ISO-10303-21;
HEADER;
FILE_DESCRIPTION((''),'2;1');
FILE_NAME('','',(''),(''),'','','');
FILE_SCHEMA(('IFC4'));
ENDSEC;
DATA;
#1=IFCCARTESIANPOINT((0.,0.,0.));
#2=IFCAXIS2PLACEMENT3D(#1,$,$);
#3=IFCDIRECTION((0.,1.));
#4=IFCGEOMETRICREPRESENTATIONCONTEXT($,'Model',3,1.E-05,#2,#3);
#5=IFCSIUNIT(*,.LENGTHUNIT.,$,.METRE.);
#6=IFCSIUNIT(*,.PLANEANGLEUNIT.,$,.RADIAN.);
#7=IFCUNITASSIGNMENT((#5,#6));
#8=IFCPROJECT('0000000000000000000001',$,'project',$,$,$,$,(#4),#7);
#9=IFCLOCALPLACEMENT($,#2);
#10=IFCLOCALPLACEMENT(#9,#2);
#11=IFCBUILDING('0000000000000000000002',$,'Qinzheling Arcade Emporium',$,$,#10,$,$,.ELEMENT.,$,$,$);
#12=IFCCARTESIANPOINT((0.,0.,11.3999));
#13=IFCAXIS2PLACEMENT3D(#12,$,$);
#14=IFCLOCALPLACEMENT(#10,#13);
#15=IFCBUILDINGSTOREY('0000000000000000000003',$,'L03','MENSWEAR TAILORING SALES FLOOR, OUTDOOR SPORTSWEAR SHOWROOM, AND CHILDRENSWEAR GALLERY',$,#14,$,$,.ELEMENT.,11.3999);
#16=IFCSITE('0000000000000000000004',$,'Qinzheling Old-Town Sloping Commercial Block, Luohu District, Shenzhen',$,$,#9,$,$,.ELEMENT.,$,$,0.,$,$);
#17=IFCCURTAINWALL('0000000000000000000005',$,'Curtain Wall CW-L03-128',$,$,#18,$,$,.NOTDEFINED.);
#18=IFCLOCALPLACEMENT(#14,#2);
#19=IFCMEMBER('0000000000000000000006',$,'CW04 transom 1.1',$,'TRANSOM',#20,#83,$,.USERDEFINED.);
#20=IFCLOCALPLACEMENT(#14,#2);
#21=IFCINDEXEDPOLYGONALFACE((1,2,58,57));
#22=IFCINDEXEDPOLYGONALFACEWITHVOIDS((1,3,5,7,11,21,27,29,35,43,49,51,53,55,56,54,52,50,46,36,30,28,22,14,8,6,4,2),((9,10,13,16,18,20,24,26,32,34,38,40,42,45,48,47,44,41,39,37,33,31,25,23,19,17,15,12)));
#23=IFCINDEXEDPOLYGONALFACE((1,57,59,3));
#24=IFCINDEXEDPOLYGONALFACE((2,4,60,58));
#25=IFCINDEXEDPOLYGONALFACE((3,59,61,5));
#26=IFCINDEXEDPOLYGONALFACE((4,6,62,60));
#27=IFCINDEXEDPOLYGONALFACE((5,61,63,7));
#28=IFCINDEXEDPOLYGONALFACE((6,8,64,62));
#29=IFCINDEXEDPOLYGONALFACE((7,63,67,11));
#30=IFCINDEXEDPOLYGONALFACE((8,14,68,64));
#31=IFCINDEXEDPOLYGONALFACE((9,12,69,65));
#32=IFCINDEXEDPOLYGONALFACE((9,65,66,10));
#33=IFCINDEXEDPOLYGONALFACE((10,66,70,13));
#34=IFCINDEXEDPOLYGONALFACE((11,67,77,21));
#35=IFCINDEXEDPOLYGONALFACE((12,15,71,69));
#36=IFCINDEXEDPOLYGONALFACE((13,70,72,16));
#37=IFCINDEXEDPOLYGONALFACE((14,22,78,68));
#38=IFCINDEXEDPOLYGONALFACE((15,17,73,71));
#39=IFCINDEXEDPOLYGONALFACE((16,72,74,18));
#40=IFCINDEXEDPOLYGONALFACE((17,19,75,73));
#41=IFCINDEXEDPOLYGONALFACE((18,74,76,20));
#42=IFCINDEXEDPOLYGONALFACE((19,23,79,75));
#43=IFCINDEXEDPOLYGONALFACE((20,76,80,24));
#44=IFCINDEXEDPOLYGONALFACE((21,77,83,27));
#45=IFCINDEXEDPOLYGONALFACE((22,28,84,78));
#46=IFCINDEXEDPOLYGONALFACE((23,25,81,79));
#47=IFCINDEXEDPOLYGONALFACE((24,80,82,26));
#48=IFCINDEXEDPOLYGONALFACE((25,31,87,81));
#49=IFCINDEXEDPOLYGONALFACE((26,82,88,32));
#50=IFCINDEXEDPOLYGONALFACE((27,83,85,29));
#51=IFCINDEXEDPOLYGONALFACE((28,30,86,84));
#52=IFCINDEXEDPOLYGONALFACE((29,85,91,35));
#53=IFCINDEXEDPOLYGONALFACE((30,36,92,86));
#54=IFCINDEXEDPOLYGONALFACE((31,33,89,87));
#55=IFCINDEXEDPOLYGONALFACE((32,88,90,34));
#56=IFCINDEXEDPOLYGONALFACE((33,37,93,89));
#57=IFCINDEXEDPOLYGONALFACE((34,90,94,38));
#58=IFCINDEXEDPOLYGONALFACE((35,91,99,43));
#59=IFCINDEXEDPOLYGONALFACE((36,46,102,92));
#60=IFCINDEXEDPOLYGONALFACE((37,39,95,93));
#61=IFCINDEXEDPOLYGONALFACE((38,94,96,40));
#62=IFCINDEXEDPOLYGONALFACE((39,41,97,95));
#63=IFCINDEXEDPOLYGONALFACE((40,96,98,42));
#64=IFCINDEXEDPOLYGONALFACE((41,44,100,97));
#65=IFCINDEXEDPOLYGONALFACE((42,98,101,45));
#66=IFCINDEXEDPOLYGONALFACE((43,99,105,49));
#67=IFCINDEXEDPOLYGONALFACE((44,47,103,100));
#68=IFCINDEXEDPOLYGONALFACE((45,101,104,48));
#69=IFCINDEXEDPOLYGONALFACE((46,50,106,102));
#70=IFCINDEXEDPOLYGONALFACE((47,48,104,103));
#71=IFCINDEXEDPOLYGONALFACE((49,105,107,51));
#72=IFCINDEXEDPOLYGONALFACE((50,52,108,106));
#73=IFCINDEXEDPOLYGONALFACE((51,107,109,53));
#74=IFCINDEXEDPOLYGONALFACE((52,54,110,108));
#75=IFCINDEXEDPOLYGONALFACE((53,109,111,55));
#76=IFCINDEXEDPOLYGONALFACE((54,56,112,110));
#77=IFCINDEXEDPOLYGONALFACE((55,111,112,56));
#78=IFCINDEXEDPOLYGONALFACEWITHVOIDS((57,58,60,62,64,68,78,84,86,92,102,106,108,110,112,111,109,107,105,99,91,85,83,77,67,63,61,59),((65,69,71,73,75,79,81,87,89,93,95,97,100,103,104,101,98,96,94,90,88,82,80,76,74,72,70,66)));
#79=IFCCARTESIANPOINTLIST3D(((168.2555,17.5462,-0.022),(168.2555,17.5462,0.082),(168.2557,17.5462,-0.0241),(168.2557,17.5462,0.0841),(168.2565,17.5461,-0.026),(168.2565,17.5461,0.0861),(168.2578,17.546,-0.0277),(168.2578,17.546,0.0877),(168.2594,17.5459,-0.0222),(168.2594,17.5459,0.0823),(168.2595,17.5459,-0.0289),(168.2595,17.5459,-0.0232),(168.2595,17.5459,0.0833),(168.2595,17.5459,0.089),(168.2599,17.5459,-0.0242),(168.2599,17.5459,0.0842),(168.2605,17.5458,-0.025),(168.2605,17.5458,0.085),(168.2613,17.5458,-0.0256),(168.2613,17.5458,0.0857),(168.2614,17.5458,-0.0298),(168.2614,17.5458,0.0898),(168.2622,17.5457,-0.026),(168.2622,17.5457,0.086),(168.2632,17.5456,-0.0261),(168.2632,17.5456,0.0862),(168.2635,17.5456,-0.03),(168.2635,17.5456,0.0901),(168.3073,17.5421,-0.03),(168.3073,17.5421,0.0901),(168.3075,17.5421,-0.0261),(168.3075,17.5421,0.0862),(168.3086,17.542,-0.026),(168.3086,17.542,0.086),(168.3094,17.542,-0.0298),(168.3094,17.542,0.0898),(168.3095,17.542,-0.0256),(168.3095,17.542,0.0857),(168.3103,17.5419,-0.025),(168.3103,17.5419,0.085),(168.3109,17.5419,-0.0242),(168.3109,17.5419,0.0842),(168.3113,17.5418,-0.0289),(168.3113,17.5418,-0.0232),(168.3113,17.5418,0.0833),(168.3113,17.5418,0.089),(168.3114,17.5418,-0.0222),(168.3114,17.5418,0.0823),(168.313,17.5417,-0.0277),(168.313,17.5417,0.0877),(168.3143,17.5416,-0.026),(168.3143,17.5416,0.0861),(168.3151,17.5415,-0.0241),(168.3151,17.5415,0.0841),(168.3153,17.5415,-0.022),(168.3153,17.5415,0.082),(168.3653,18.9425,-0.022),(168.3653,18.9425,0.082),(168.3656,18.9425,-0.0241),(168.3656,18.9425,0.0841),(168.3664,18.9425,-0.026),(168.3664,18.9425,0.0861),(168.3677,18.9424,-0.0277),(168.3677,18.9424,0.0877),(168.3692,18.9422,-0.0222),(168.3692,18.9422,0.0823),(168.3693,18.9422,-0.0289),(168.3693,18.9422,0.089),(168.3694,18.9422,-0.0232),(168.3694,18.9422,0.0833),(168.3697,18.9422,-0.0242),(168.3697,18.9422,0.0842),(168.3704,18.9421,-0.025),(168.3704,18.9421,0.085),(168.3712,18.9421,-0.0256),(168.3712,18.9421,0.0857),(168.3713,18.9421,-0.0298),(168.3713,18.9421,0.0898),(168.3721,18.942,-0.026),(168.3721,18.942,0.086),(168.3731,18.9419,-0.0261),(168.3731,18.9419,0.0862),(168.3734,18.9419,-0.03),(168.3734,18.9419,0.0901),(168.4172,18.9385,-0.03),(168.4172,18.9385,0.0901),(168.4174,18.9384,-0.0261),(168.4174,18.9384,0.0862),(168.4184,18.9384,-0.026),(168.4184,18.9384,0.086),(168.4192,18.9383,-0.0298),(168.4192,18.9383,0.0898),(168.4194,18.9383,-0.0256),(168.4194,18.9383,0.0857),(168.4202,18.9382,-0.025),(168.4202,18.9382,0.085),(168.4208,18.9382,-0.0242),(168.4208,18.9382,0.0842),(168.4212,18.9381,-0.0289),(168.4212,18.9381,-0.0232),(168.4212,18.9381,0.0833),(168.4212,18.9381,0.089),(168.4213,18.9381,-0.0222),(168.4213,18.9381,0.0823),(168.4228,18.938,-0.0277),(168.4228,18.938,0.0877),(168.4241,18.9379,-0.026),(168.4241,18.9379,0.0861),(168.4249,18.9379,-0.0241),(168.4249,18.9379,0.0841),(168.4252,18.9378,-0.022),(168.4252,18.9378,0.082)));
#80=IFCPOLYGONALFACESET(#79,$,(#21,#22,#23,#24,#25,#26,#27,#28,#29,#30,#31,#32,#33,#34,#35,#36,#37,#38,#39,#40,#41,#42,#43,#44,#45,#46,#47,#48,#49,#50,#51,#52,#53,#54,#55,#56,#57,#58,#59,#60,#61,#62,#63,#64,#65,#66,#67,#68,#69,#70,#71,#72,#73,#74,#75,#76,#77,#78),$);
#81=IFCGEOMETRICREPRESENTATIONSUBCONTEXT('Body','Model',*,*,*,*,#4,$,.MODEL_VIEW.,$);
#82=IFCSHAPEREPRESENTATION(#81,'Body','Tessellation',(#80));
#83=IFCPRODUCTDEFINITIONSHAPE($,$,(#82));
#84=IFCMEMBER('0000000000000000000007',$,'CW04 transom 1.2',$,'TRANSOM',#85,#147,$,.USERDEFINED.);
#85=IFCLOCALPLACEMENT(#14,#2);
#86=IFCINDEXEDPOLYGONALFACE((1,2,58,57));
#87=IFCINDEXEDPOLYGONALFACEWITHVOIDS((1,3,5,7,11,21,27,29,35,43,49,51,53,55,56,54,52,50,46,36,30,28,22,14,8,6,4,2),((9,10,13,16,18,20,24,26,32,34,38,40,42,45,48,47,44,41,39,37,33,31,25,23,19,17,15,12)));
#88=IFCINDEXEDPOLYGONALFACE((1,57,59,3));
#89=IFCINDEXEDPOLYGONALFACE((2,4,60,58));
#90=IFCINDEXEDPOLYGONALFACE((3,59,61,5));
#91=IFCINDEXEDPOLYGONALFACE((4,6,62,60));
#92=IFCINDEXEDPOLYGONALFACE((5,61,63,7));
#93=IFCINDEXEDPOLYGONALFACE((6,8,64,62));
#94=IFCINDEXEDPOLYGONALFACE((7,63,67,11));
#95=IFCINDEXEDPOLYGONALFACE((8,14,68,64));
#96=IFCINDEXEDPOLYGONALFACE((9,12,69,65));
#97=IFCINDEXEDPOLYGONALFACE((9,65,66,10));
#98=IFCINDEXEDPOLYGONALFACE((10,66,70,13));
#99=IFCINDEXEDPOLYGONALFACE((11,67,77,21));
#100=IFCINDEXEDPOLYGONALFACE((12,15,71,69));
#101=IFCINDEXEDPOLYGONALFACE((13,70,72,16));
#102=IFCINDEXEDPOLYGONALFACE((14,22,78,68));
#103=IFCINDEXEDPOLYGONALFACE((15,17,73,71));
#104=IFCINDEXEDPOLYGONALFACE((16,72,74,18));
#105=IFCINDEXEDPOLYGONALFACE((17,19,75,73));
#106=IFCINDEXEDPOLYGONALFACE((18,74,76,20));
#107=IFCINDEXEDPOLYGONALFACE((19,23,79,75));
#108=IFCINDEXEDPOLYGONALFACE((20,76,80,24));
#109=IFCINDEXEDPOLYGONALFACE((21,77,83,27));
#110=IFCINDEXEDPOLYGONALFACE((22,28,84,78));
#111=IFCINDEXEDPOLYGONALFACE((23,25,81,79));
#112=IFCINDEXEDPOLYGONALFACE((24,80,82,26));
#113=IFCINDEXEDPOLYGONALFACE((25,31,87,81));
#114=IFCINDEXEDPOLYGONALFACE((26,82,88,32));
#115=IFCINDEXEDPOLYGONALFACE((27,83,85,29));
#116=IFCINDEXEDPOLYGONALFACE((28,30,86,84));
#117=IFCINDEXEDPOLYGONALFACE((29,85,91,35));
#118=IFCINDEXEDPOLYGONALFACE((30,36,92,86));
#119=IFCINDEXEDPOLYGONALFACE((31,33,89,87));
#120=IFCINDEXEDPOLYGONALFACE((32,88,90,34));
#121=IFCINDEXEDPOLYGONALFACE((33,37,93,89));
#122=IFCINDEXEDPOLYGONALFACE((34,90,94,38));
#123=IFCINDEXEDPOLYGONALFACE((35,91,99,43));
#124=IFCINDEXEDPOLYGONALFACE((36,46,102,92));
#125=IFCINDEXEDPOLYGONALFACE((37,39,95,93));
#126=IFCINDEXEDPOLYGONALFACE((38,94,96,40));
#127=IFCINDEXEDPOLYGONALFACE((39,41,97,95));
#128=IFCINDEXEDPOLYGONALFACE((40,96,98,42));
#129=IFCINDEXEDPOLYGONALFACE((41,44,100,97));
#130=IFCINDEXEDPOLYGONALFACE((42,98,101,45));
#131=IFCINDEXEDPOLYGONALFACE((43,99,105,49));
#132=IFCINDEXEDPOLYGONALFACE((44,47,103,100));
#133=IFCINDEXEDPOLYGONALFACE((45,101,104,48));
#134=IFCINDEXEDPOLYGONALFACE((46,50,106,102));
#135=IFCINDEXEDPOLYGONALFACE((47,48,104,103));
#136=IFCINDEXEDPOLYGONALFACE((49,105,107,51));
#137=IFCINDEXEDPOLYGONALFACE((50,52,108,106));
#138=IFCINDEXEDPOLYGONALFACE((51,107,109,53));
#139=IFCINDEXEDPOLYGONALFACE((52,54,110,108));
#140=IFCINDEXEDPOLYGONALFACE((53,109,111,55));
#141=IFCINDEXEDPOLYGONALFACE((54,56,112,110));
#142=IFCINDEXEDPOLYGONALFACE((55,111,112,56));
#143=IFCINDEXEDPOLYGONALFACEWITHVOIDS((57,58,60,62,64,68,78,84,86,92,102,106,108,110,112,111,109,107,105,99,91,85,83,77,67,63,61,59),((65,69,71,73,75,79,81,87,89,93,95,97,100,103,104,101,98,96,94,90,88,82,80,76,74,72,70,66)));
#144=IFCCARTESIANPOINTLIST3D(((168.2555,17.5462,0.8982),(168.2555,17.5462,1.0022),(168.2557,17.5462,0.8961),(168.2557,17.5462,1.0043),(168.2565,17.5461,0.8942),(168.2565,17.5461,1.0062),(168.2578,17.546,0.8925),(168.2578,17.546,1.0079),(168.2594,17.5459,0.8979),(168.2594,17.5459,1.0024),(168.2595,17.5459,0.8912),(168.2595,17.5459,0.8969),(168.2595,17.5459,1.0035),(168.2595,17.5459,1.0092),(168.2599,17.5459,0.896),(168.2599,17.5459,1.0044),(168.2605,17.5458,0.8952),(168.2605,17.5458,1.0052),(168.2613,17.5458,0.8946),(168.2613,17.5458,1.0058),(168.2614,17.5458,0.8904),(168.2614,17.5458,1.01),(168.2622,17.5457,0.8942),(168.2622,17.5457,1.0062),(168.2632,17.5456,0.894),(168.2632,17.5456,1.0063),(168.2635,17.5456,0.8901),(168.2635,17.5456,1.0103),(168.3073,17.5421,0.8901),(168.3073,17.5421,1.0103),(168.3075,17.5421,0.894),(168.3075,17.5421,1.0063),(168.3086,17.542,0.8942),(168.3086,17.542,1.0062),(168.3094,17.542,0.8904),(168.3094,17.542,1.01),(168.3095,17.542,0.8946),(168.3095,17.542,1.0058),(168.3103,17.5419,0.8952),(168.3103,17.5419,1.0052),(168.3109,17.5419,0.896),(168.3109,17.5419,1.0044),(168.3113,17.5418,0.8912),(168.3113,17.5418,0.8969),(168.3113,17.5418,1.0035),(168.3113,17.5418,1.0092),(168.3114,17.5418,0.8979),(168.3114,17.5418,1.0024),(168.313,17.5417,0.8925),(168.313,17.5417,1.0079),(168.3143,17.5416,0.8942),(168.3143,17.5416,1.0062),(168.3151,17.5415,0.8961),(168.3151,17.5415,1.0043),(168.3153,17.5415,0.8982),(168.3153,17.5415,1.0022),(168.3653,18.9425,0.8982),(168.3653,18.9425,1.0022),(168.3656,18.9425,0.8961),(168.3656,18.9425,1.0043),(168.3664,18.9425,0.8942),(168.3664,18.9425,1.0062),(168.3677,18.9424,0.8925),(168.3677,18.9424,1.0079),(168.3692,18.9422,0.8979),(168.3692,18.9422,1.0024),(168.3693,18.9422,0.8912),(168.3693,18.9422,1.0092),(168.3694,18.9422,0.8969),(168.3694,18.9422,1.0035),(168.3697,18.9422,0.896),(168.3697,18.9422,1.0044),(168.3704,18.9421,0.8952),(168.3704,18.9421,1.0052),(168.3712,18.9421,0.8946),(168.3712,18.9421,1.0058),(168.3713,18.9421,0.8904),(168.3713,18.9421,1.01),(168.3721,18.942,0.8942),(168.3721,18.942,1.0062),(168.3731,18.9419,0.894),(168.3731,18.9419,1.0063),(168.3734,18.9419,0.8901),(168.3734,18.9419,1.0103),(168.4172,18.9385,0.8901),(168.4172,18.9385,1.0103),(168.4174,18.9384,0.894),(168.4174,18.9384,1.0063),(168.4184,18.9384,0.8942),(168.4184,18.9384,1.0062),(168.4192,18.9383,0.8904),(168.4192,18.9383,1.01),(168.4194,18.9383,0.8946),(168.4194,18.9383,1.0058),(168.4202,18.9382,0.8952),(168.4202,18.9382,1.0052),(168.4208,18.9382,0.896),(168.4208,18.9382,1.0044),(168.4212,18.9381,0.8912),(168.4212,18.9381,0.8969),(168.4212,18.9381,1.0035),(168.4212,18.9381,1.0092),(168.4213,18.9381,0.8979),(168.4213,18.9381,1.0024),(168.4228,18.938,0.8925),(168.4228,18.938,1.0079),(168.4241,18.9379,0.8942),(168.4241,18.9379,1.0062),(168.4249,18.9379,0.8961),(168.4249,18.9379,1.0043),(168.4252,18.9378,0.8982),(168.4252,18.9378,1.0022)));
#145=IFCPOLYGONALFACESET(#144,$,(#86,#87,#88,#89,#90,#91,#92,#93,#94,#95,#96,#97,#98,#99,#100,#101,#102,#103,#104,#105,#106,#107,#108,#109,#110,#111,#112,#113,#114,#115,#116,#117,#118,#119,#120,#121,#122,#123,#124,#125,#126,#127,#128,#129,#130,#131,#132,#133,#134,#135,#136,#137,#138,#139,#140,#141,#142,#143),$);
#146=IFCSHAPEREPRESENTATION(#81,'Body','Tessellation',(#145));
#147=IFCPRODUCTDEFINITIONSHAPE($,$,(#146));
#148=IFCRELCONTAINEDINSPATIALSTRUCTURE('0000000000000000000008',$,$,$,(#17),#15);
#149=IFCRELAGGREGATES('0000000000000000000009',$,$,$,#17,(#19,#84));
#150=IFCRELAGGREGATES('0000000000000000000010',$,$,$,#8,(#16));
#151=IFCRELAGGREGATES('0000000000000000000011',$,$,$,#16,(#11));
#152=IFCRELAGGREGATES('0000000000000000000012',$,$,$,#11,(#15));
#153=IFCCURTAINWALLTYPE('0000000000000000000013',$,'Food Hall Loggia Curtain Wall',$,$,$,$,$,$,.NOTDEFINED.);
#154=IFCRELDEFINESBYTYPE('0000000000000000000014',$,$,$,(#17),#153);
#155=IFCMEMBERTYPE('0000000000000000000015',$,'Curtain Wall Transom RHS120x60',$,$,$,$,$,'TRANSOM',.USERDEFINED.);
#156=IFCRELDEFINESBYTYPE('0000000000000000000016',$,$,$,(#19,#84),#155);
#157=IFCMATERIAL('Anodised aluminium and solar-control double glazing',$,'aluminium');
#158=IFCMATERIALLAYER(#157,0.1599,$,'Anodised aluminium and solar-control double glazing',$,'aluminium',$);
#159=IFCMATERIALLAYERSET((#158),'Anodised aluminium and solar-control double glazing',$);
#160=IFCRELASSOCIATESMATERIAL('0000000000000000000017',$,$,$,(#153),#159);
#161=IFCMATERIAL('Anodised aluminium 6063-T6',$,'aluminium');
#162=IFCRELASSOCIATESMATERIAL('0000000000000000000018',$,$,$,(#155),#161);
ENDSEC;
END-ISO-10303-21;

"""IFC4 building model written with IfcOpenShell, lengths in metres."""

from ifc_helpers import new_model, si_unit, direction, frame, origin, origin_2d, place, context, subcontext, project, spatial, hollow_rectangle, extrude, material, layer, layer_set, material_profile, profile_set, type_object, element, aggregate, save


model = new_model("IFC4")

# Units and contexts
model_context = context("Model", 3, precision=1e-05, world=origin(), true_north=direction((0.0, 1.0)))
body_context = subcontext(model_context, "Body", "Model", "MODEL_VIEW")
ifc_project = project(units=[si_unit("LENGTHUNIT", "METRE"), si_unit("PLANEANGLEUNIT", "RADIAN")], contexts=[model_context])

# Site, building, storey
site_placement = place(None, origin())
site = spatial("IfcSite", under=ifc_project, at=site_placement, Name="Qinzheling Old-Town Sloping Commercial Block, Luohu District, Shenzhen", CompositionType="ELEMENT", RefElevation=0.0)
building_placement = place(site_placement, origin())
building = spatial("IfcBuilding", under=site, at=building_placement, Name="Qinzheling Arcade Emporium", CompositionType="ELEMENT")
storey_placement = place(building_placement, frame((0.0, 0.0, 11.3999)))
storey = spatial("IfcBuildingStorey", under=building, at=storey_placement, Name="L03", Description="MENSWEAR TAILORING SALES FLOOR, OUTDOOR SPORTSWEAR SHOWROOM, AND CHILDRENSWEAR GALLERY", CompositionType="ELEMENT", Elevation=11.3999)

# Curtain wall, members
ifc_material_1 = material(Name="Anodised aluminium and solar-control double glazing", Category="aluminium")
ifc_layer_1 = layer(ifc_material_1, 0.1599, Name="Anodised aluminium and solar-control double glazing", Category="aluminium")
ifc_layer_set_1 = layer_set([ifc_layer_1], Name="Anodised aluminium and solar-control double glazing")
curtain_wall_type = type_object("IfcCurtainWallType", Name="Food Hall Loggia Curtain Wall", PredefinedType="NOTDEFINED", material=ifc_layer_set_1)
curtain_wall_placement = place(storey_placement, origin())
curtain_wall = element("IfcCurtainWall", 1, at=curtain_wall_placement, inside=storey, type_object=curtain_wall_type, Name="Curtain Wall CW-L03-128", PredefinedType="NOTDEFINED")
ifc_material_2 = material(Name="Anodised aluminium 6063-T6", Category="aluminium")
ifc_material_profile_1 = material_profile(ifc_material_2, hollow_rectangle(XDim=0.0601, YDim=0.1201, WallThickness=0.0039, InnerFilletRadius=0.0039, OuterFilletRadius=0.0081, at=origin_2d()), Name="RHS 120x60x4", Category="aluminium")
ifc_profile_set_1 = profile_set([ifc_material_profile_1], Name="Anodised aluminium 6063-T6")
member_type_1 = type_object("IfcMemberType", Name="Curtain Wall Transom RHS120x60", ElementType="TRANSOM", PredefinedType="USERDEFINED", material=ifc_profile_set_1)
member_1_placement = place(storey_placement, frame((168.3953, 18.9402, 0.03), z_axis=(-0.078443, -0.996919, 0.0), x_axis=(0.996919, -0.078443, 0.0)))
member_1 = element("IfcMember", 2, at=member_1_placement, type_object=member_type_1, Name="CW04 transom 1.1", ObjectType="TRANSOM", PredefinedType="USERDEFINED", context=body_context, shape_type="SweptSolid", body=[
    extrude(hollow_rectangle(XDim=0.0601, YDim=0.1201, WallThickness=0.0039, InnerFilletRadius=0.0039, OuterFilletRadius=0.0081, at=origin_2d()), origin(), (0.0, 0.0, 1.0), 1.4006),
])
member_2_placement = place(storey_placement, frame((168.3953, 18.9402, 0.9502), z_axis=(-0.078443, -0.996919, 0.0), x_axis=(0.996919, -0.078443, 0.0)))
member_2 = element("IfcMember", 3, at=member_2_placement, type_object=member_type_1, Name="CW04 transom 1.2", ObjectType="TRANSOM", PredefinedType="USERDEFINED", context=body_context, shape_type="SweptSolid", body=[
    extrude(hollow_rectangle(XDim=0.0601, YDim=0.1201, WallThickness=0.0039, InnerFilletRadius=0.0039, OuterFilletRadius=0.0081, at=origin_2d()), origin(), (0.0, 0.0, 1.0), 1.4006),
])

aggregate(curtain_wall, [member_1, member_2])

save(model, "model.ifc")
